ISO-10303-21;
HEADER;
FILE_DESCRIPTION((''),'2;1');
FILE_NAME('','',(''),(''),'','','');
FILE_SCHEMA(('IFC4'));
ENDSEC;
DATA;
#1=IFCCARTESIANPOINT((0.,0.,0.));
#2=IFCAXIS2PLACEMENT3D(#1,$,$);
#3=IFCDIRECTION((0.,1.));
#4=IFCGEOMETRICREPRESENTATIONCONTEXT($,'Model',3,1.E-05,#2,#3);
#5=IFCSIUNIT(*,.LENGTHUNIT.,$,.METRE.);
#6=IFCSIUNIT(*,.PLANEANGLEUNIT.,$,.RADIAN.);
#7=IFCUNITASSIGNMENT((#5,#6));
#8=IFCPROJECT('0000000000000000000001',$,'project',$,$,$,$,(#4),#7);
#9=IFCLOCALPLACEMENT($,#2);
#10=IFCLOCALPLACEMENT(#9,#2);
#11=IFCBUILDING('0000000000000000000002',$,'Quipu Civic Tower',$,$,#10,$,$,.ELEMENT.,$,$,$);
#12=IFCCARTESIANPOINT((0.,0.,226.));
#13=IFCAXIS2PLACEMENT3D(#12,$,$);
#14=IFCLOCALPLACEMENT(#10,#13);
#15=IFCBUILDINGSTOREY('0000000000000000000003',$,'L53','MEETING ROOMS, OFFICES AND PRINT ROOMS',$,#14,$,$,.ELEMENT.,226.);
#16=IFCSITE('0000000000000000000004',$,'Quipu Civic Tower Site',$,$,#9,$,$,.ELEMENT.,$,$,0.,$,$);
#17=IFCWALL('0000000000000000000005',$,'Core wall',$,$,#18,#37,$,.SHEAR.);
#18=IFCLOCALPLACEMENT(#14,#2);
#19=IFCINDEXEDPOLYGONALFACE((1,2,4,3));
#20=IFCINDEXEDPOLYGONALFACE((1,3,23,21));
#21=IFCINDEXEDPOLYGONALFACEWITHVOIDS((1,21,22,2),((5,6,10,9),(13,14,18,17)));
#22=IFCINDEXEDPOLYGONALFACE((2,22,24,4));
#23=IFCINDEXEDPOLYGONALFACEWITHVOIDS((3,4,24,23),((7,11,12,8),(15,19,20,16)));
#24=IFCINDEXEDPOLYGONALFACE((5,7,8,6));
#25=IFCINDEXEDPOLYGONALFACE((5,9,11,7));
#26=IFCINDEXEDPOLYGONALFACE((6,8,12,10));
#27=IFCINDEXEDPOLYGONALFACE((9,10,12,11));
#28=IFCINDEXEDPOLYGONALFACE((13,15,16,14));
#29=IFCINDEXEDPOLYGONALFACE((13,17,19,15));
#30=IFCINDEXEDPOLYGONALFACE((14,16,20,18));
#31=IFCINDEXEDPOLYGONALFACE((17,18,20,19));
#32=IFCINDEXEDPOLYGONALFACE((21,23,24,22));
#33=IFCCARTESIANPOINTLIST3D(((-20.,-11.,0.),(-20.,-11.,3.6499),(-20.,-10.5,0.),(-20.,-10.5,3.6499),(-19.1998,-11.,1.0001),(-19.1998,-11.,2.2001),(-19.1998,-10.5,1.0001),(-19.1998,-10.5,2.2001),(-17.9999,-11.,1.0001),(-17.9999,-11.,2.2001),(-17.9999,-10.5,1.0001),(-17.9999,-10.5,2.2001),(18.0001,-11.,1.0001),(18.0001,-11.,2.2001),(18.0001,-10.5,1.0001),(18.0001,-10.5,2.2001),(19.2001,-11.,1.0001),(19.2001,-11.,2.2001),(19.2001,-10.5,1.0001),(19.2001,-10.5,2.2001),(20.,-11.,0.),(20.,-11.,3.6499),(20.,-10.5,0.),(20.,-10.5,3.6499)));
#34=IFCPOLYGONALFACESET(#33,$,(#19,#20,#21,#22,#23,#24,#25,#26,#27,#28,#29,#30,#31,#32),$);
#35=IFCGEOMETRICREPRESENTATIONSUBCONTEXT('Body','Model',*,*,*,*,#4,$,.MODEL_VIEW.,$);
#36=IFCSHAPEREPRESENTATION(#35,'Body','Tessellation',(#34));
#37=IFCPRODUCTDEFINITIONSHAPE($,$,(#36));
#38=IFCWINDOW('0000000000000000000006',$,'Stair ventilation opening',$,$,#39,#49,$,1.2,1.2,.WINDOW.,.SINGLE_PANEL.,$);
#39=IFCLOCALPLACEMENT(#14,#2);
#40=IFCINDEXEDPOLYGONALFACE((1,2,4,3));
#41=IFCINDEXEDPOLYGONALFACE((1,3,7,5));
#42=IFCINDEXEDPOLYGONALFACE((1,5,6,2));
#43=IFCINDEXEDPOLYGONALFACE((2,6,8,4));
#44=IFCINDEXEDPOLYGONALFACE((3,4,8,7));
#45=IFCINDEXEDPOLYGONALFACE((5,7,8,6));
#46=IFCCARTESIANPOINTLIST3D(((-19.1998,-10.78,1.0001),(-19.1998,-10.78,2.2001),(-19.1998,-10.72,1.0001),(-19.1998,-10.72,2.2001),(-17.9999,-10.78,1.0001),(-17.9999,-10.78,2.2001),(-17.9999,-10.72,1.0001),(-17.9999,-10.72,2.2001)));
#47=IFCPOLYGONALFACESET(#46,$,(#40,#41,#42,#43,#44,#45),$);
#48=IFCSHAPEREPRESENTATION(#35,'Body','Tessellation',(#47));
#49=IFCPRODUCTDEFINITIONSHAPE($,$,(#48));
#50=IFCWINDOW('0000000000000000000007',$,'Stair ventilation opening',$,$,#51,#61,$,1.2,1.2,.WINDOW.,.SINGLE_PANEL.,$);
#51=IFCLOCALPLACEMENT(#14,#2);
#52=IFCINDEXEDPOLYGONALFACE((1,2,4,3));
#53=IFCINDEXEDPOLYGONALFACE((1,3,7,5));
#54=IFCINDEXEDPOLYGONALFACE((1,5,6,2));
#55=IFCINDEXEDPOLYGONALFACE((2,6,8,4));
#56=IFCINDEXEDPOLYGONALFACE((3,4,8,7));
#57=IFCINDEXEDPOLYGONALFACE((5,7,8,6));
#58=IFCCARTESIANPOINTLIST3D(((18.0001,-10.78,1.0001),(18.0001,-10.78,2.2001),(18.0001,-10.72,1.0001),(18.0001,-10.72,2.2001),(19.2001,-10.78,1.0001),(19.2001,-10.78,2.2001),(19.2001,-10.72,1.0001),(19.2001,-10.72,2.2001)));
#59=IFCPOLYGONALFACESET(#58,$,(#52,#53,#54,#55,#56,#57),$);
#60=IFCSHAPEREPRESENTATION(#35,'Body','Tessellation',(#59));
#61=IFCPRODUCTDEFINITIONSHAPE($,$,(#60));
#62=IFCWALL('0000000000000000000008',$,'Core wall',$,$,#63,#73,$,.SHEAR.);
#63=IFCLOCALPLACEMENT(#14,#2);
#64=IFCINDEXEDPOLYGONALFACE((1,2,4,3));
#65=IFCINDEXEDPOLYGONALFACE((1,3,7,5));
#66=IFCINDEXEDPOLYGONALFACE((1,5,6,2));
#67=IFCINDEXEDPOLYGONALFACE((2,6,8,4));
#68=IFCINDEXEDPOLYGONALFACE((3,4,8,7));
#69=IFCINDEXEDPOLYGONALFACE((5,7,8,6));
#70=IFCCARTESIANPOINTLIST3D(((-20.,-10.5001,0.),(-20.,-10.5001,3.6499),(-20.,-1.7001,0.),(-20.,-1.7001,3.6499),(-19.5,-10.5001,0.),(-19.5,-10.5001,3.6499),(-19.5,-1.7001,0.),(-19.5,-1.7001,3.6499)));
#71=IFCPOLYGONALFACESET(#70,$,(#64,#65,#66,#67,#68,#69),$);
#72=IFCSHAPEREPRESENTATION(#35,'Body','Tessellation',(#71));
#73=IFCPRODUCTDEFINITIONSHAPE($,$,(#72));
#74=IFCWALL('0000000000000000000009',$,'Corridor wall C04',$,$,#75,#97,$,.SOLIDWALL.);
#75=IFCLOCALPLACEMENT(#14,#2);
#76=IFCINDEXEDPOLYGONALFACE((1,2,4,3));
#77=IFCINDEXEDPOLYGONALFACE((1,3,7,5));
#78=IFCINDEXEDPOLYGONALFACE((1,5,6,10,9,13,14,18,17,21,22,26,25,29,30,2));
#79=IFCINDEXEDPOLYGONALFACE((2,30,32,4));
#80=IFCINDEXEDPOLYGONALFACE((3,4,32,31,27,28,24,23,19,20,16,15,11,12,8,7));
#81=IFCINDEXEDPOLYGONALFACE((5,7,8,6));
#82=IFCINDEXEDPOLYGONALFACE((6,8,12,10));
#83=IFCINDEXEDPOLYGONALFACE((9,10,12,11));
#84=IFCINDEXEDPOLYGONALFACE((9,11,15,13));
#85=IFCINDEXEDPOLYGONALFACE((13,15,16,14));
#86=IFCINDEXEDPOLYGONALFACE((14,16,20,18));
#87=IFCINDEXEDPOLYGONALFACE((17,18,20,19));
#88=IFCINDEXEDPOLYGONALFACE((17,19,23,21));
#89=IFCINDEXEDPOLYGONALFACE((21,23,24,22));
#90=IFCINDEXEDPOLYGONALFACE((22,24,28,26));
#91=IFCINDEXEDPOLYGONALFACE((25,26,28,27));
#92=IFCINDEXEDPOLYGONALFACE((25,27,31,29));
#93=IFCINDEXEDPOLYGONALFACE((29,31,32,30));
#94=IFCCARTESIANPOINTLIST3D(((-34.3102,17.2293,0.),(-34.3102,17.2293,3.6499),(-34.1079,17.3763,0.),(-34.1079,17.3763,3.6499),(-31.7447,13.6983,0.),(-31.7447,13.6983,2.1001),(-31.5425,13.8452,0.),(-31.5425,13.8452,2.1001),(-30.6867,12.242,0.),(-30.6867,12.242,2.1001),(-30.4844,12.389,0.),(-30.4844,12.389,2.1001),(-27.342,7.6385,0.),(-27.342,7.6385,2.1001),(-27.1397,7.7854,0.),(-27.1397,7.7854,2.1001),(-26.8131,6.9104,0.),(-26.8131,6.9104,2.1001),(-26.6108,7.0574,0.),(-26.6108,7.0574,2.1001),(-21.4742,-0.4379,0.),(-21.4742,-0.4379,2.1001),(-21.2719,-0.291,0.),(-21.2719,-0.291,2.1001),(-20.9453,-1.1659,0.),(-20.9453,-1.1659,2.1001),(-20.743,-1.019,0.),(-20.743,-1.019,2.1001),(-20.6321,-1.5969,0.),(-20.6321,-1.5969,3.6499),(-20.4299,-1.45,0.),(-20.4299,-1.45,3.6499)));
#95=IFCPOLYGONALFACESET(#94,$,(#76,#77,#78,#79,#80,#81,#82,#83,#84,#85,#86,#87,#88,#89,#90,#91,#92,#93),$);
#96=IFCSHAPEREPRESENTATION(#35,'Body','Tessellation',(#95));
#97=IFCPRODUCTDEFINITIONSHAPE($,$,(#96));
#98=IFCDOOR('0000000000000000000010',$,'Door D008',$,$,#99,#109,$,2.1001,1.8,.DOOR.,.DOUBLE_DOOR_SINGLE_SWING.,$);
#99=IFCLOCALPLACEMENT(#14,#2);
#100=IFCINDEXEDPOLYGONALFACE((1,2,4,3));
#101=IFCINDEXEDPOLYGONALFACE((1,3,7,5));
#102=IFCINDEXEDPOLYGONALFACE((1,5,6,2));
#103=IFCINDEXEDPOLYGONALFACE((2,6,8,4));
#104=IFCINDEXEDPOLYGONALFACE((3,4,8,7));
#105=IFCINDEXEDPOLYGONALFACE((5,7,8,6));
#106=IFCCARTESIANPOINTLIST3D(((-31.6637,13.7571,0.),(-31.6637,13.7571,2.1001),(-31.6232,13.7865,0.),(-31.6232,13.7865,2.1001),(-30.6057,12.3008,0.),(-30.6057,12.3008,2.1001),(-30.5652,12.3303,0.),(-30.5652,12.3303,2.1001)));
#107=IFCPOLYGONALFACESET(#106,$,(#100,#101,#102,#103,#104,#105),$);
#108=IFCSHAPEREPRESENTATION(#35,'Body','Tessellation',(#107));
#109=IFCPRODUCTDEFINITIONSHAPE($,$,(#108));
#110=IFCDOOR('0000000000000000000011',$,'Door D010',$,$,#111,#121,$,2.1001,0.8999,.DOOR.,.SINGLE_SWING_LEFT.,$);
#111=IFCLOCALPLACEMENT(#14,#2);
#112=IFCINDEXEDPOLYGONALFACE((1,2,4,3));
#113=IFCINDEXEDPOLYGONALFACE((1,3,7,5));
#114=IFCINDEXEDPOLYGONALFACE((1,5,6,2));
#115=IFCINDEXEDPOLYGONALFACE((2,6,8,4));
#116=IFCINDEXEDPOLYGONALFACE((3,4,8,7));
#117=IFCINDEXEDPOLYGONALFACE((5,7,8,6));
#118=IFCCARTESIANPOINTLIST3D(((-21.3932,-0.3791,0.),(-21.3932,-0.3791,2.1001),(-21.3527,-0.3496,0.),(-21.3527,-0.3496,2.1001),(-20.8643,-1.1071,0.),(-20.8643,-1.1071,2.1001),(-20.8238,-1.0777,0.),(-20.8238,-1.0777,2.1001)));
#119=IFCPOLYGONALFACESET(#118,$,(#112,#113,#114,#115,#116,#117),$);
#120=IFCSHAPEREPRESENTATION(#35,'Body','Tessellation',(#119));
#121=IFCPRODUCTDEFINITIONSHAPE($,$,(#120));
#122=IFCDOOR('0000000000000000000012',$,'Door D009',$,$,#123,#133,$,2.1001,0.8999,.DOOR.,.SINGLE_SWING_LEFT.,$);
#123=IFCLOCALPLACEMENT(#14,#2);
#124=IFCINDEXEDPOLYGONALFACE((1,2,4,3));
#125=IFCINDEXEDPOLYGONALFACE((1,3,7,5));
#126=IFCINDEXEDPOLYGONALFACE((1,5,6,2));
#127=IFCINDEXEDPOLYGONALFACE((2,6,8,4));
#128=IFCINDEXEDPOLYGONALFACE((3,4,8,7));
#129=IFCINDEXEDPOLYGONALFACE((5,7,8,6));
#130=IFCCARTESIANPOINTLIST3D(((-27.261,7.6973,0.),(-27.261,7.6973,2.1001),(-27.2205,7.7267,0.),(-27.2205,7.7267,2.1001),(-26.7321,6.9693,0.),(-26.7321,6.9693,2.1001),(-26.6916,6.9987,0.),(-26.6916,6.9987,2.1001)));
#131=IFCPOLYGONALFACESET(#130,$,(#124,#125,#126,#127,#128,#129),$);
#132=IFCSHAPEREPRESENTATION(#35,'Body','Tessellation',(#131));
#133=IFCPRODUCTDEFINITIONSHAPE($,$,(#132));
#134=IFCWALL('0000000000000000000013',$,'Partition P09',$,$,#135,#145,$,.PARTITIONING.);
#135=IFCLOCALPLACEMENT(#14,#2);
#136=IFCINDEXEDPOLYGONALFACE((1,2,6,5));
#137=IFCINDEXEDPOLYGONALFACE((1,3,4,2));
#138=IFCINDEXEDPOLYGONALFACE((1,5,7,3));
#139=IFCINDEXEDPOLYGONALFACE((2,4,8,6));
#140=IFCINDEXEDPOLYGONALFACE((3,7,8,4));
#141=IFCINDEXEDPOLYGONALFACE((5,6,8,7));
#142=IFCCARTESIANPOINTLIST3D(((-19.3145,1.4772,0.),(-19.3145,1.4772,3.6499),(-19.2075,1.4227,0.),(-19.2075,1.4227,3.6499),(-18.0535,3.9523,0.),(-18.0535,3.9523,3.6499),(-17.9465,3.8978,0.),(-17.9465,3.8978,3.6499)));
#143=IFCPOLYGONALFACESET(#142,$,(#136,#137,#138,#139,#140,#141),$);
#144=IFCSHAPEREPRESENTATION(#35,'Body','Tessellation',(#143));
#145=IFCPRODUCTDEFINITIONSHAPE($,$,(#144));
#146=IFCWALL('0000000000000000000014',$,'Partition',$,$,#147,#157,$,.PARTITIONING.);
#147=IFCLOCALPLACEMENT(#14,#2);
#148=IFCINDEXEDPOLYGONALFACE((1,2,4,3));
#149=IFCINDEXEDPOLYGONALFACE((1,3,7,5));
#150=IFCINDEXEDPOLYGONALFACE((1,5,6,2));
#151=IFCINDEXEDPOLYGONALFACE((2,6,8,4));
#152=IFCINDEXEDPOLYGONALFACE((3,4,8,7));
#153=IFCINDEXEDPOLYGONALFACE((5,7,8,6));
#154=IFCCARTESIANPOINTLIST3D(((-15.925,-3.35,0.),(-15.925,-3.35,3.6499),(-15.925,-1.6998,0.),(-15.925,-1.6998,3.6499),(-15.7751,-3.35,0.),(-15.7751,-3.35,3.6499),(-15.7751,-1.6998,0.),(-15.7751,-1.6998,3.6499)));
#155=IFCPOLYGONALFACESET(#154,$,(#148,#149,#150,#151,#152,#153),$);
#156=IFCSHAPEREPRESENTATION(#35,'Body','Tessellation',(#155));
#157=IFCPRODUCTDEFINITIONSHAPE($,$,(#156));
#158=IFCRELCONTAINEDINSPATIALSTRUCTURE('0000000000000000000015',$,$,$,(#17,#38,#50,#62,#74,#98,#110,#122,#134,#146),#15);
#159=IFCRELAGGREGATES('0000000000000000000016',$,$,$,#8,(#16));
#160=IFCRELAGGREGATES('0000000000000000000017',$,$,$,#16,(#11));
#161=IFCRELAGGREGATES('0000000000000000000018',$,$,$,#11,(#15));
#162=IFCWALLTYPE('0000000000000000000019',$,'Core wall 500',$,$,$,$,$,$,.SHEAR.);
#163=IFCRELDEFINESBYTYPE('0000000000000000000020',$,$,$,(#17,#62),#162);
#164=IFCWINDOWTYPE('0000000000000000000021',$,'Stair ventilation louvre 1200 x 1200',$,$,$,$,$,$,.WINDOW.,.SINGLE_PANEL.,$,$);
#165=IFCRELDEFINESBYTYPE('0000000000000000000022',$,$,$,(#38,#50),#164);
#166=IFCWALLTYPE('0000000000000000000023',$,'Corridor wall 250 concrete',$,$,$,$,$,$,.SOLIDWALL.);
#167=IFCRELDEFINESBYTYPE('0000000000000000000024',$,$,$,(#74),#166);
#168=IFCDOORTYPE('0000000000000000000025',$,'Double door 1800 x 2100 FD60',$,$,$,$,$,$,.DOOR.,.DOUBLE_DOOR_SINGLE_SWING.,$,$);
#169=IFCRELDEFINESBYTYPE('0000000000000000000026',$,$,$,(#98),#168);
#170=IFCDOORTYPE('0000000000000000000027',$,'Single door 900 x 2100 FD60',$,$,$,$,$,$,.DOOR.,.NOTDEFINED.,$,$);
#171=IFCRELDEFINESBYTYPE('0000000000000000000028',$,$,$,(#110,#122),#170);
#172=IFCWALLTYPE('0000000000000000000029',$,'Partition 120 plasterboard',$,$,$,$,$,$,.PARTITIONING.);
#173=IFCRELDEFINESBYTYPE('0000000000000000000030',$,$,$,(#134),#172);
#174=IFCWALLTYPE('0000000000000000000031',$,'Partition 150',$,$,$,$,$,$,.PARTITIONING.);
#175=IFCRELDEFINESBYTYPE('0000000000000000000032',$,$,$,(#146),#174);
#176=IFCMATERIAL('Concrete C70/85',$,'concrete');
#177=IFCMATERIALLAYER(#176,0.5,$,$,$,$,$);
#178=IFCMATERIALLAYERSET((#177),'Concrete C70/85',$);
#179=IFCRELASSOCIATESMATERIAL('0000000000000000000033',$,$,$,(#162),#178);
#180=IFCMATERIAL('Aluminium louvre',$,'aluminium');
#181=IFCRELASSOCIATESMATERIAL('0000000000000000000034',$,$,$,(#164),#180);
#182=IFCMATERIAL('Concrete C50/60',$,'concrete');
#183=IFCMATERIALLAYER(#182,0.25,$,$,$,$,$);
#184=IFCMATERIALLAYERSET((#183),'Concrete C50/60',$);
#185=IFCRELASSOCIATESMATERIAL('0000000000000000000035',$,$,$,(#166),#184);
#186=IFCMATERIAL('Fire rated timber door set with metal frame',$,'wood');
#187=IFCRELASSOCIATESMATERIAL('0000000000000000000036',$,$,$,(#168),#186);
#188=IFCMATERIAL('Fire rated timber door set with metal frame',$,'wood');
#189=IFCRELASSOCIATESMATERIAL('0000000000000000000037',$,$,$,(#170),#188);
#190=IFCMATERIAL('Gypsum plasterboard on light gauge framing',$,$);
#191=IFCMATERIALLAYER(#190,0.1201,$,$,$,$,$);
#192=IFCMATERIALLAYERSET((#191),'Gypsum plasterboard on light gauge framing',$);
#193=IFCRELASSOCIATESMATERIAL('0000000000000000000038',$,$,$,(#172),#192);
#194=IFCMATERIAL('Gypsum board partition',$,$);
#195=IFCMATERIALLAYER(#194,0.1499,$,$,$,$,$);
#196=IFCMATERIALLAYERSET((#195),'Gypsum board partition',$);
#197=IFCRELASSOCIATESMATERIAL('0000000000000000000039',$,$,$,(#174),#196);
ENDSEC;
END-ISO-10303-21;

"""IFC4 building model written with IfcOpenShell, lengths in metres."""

from ifc_helpers import new_model, si_unit, direction, frame, frame_2d, origin, place, context, subcontext, project, spatial, rectangle, extrude, material, layer, layer_set, type_object, element, fill, save


model = new_model("IFC4")

# Units and contexts
model_context = context("Model", 3, precision=1e-05, world=origin(), true_north=direction((0.0, 1.0)))
body_context = subcontext(model_context, "Body", "Model", "MODEL_VIEW")
ifc_project = project(units=[si_unit("LENGTHUNIT", "METRE"), si_unit("PLANEANGLEUNIT", "RADIAN")], contexts=[model_context])

# Site, building, storey
site_placement = place(None, origin())
site = spatial("IfcSite", under=ifc_project, at=site_placement, Name="Quipu Civic Tower Site", CompositionType="ELEMENT", RefElevation=0.0)
building_placement = place(site_placement, origin())
building = spatial("IfcBuilding", under=site, at=building_placement, Name="Quipu Civic Tower", CompositionType="ELEMENT")
storey_placement = place(building_placement, frame((0.0, 0.0, 226.0)))
storey = spatial("IfcBuildingStorey", under=building, at=storey_placement, Name="L53", Description="MEETING ROOMS, OFFICES AND PRINT ROOMS", CompositionType="ELEMENT", Elevation=226.0)

# Wall, openings, windows
ifc_material_1 = material(Name="Concrete C70/85", Category="concrete")
ifc_layer_1 = layer(ifc_material_1, 0.5)
ifc_layer_set_1 = layer_set([ifc_layer_1], Name="Concrete C70/85")
wall_type_1 = type_object("IfcWallType", Name="Core wall 500", PredefinedType="SHEAR", material=ifc_layer_set_1)
wall_1_placement = place(storey_placement, frame((-20.0, -10.75, 0.0), z_axis=(0.0, 0.0, 1.0), x_axis=(1.0, 0.0, 0.0)))
wall_1 = element("IfcWall", 1, at=wall_1_placement, inside=storey, type_object=wall_type_1, Name="Core wall", PredefinedType="SHEAR", context=body_context, shape_type="SweptSolid", body=[
    extrude(rectangle(XDim=40.0, YDim=0.5, at=frame_2d((20.0, 0.0))), origin(), (0.0, 0.0, 1.0), 3.6499),
])
opening_1_placement = place(wall_1_placement, frame((0.8, 0.0, 1.0)))
opening_1 = element("IfcOpeningElement", 2, at=opening_1_placement, cuts=wall_1, PredefinedType="OPENING", context=body_context, shape_type="SweptSolid", body=[
    extrude(rectangle(XDim=1.2, YDim=1.2, at=frame_2d((0.6001, 0.6001))), frame((0.0, 0.26, 0.0), z_axis=(0.0, -1.0, 0.0), x_axis=(1.0, 0.0, 0.0)), (0.0, 0.0, 1.0), 0.52),
])
opening_2_placement = place(wall_1_placement, frame((38.0, 0.0, 1.0)))
opening_2 = element("IfcOpeningElement", 3, at=opening_2_placement, cuts=wall_1, PredefinedType="OPENING", context=body_context, shape_type="SweptSolid", body=[
    extrude(rectangle(XDim=1.2, YDim=1.2, at=frame_2d((0.6001, 0.6001))), frame((0.0, 0.26, 0.0), z_axis=(0.0, -1.0, 0.0), x_axis=(1.0, 0.0, 0.0)), (0.0, 0.0, 1.0), 0.52),
])
ifc_material_2 = material(Name="Aluminium louvre", Category="aluminium")
window_type = type_object("IfcWindowType", Name="Stair ventilation louvre 1200 x 1200", PartitioningType="SINGLE_PANEL", PredefinedType="WINDOW", material=ifc_material_2)
window_1_placement = place(opening_1_placement, origin())
window_1 = element("IfcWindow", 4, at=window_1_placement, inside=storey, type_object=window_type, Name="Stair ventilation opening", OverallHeight=1.2, OverallWidth=1.2, PartitioningType="SINGLE_PANEL", PredefinedType="WINDOW", context=body_context, shape_type="SweptSolid", body=[
    extrude(rectangle(XDim=1.2, YDim=1.2, at=frame_2d((0.6001, 0.6001))), frame((0.0, 0.03, 0.0), z_axis=(0.0, -1.0, 0.0), x_axis=(1.0, 0.0, 0.0)), (0.0, 0.0, 1.0), 0.0601),
])
fill(opening_1, window_1)
window_2_placement = place(opening_2_placement, origin())
window_2 = element("IfcWindow", 5, at=window_2_placement, inside=storey, type_object=window_type, Name="Stair ventilation opening", OverallHeight=1.2, OverallWidth=1.2, PartitioningType="SINGLE_PANEL", PredefinedType="WINDOW", context=body_context, shape_type="SweptSolid", body=[
    extrude(rectangle(XDim=1.2, YDim=1.2, at=frame_2d((0.6001, 0.6001))), frame((0.0, 0.03, 0.0), z_axis=(0.0, -1.0, 0.0), x_axis=(1.0, 0.0, 0.0)), (0.0, 0.0, 1.0), 0.0601),
])
fill(opening_2, window_2)

# Wall
wall_2_placement = place(storey_placement, frame((-19.75, -10.5, 0.0), z_axis=(0.0, 0.0, 1.0), x_axis=(0.0, 1.0, 0.0)))
element("IfcWall", 6, at=wall_2_placement, inside=storey, type_object=wall_type_1, Name="Core wall", PredefinedType="SHEAR", context=body_context, shape_type="SweptSolid", body=[
    extrude(rectangle(XDim=8.8, YDim=0.5, at=frame_2d((4.3999, 0.0))), origin(), (0.0, 0.0, 1.0), 3.6499),
])

# Wall, openings, doors
ifc_material_3 = material(Name="Concrete C50/60", Category="concrete")
ifc_layer_2 = layer(ifc_material_3, 0.25)
ifc_layer_set_2 = layer_set([ifc_layer_2], Name="Concrete C50/60")
wall_type_2 = type_object("IfcWallType", Name="Corridor wall 250 concrete", PredefinedType="SOLIDWALL", material=ifc_layer_set_2)
wall_3_placement = place(storey_placement, frame((-20.531, -1.5234, 0.0), z_axis=(0.0, 0.0, 1.0), x_axis=(-0.587784, 0.809018, 0.0)))
wall_3 = element("IfcWall", 7, at=wall_3_placement, inside=storey, type_object=wall_type_2, Name="Corridor wall C04", PredefinedType="SOLIDWALL", context=body_context, shape_type="SweptSolid", body=[
    extrude(rectangle(XDim=23.2705, YDim=0.25, at=frame_2d((11.6353, 0.0))), origin(), (0.0, 0.0, 1.0), 3.6499),
])
opening_3_placement = place(wall_3_placement, frame((0.5327, 0.0, 0.0)))
opening_3 = element("IfcOpeningElement", 8, at=opening_3_placement, cuts=wall_3, PredefinedType="OPENING", context=body_context, shape_type="SweptSolid", body=[
    extrude(rectangle(XDim=0.8999, YDim=2.1001, at=frame_2d((0.45, 1.05))), frame((0.0, 0.135, 0.0), z_axis=(0.0, -1.0, 0.0), x_axis=(1.0, 0.0, 0.0)), (0.0, 0.0, 1.0), 0.27),
])
opening_4_placement = place(wall_3_placement, frame((17.106, 0.0, 0.0)))
opening_4 = element("IfcOpeningElement", 9, at=opening_4_placement, cuts=wall_3, PredefinedType="OPENING", context=body_context, shape_type="SweptSolid", body=[
    extrude(rectangle(XDim=1.8, YDim=2.1001, at=frame_2d((0.8999, 1.05))), frame((0.0, 0.135, 0.0), z_axis=(0.0, -1.0, 0.0), x_axis=(1.0, 0.0, 0.0)), (0.0, 0.0, 1.0), 0.27),
])
opening_5_placement = place(wall_3_placement, frame((10.5156, 0.0, 0.0)))
opening_5 = element("IfcOpeningElement", 10, at=opening_5_placement, cuts=wall_3, PredefinedType="OPENING", context=body_context, shape_type="SweptSolid", body=[
    extrude(rectangle(XDim=0.8999, YDim=2.1001, at=frame_2d((0.45, 1.05))), frame((0.0, 0.135, 0.0), z_axis=(0.0, -1.0, 0.0), x_axis=(1.0, 0.0, 0.0)), (0.0, 0.0, 1.0), 0.27),
])
ifc_material_4 = material(Name="Fire rated timber door set with metal frame", Category="wood")
door_type_1 = type_object("IfcDoorType", Name="Double door 1800 x 2100 FD60", OperationType="DOUBLE_DOOR_SINGLE_SWING", PredefinedType="DOOR", material=ifc_material_4)
door_1_placement = place(opening_4_placement, origin())
door_1 = element("IfcDoor", 11, at=door_1_placement, inside=storey, type_object=door_type_1, Name="Door D008", OperationType="DOUBLE_DOOR_SINGLE_SWING", OverallHeight=2.1001, OverallWidth=1.8, PredefinedType="DOOR", context=body_context, shape_type="SweptSolid", body=[
    extrude(rectangle(XDim=1.8, YDim=2.1001, at=frame_2d((0.8999, 1.05))), frame((0.0, 0.0249, 0.0), z_axis=(0.0, -1.0, 0.0), x_axis=(1.0, 0.0, 0.0)), (0.0, 0.0, 1.0), 0.05),
])
fill(opening_4, door_1)
ifc_material_5 = material(Name="Fire rated timber door set with metal frame", Category="wood")
door_type_2 = type_object("IfcDoorType", Name="Single door 900 x 2100 FD60", OperationType="NOTDEFINED", PredefinedType="DOOR", material=ifc_material_5)
door_2_placement = place(opening_3_placement, origin())
door_2 = element("IfcDoor", 12, at=door_2_placement, inside=storey, type_object=door_type_2, Name="Door D010", OperationType="SINGLE_SWING_LEFT", OverallHeight=2.1001, OverallWidth=0.8999, PredefinedType="DOOR", context=body_context, shape_type="SweptSolid", body=[
    extrude(rectangle(XDim=0.8999, YDim=2.1001, at=frame_2d((0.45, 1.05))), frame((0.0, 0.0249, 0.0), z_axis=(0.0, -1.0, 0.0), x_axis=(1.0, 0.0, 0.0)), (0.0, 0.0, 1.0), 0.05),
])
fill(opening_3, door_2)
door_3_placement = place(opening_5_placement, origin())
door_3 = element("IfcDoor", 13, at=door_3_placement, inside=storey, type_object=door_type_2, Name="Door D009", OperationType="SINGLE_SWING_LEFT", OverallHeight=2.1001, OverallWidth=0.8999, PredefinedType="DOOR", context=body_context, shape_type="SweptSolid", body=[
    extrude(rectangle(XDim=0.8999, YDim=2.1001, at=frame_2d((0.45, 1.05))), frame((0.0, 0.0249, 0.0), z_axis=(0.0, -1.0, 0.0), x_axis=(1.0, 0.0, 0.0)), (0.0, 0.0, 1.0), 0.05),
])
fill(opening_5, door_3)

# Walls
ifc_material_6 = material(Name="Gypsum plasterboard on light gauge framing")
ifc_layer_3 = layer(ifc_material_6, 0.1201)
ifc_layer_set_3 = layer_set([ifc_layer_3], Name="Gypsum plasterboard on light gauge framing")
wall_type_3 = type_object("IfcWallType", Name="Partition 120 plasterboard", PredefinedType="PARTITIONING", material=ifc_layer_set_3)
wall_4_placement = place(storey_placement, frame((-19.261, 1.45, 0.0), z_axis=(0.0, 0.0, 1.0), x_axis=(0.453951, 0.891027, 0.0)))
element("IfcWall", 14, at=wall_4_placement, inside=storey, type_object=wall_type_3, Name="Partition P09", PredefinedType="PARTITIONING", context=body_context, shape_type="SweptSolid", body=[
    extrude(rectangle(XDim=2.7778, YDim=0.1201, at=frame_2d((1.3889, 0.0))), origin(), (0.0, 0.0, 1.0), 3.6499),
])
ifc_material_7 = material(Name="Gypsum board partition")
ifc_layer_4 = layer(ifc_material_7, 0.1499)
ifc_layer_set_4 = layer_set([ifc_layer_4], Name="Gypsum board partition")
wall_type_4 = type_object("IfcWallType", Name="Partition 150", PredefinedType="PARTITIONING", material=ifc_layer_set_4)
wall_5_placement = place(storey_placement, frame((-15.8501, -3.3501, 0.0), z_axis=(0.0, 0.0, 1.0), x_axis=(0.0, 1.0, 0.0)))
element("IfcWall", 15, at=wall_5_placement, inside=storey, type_object=wall_type_4, Name="Partition", PredefinedType="PARTITIONING", context=body_context, shape_type="SweptSolid", body=[
    extrude(rectangle(XDim=1.6501, YDim=0.1499, at=frame_2d((0.8252, 0.0))), origin(), (0.0, 0.0, 1.0), 3.6499),
])

save(model, "model.ifc")
